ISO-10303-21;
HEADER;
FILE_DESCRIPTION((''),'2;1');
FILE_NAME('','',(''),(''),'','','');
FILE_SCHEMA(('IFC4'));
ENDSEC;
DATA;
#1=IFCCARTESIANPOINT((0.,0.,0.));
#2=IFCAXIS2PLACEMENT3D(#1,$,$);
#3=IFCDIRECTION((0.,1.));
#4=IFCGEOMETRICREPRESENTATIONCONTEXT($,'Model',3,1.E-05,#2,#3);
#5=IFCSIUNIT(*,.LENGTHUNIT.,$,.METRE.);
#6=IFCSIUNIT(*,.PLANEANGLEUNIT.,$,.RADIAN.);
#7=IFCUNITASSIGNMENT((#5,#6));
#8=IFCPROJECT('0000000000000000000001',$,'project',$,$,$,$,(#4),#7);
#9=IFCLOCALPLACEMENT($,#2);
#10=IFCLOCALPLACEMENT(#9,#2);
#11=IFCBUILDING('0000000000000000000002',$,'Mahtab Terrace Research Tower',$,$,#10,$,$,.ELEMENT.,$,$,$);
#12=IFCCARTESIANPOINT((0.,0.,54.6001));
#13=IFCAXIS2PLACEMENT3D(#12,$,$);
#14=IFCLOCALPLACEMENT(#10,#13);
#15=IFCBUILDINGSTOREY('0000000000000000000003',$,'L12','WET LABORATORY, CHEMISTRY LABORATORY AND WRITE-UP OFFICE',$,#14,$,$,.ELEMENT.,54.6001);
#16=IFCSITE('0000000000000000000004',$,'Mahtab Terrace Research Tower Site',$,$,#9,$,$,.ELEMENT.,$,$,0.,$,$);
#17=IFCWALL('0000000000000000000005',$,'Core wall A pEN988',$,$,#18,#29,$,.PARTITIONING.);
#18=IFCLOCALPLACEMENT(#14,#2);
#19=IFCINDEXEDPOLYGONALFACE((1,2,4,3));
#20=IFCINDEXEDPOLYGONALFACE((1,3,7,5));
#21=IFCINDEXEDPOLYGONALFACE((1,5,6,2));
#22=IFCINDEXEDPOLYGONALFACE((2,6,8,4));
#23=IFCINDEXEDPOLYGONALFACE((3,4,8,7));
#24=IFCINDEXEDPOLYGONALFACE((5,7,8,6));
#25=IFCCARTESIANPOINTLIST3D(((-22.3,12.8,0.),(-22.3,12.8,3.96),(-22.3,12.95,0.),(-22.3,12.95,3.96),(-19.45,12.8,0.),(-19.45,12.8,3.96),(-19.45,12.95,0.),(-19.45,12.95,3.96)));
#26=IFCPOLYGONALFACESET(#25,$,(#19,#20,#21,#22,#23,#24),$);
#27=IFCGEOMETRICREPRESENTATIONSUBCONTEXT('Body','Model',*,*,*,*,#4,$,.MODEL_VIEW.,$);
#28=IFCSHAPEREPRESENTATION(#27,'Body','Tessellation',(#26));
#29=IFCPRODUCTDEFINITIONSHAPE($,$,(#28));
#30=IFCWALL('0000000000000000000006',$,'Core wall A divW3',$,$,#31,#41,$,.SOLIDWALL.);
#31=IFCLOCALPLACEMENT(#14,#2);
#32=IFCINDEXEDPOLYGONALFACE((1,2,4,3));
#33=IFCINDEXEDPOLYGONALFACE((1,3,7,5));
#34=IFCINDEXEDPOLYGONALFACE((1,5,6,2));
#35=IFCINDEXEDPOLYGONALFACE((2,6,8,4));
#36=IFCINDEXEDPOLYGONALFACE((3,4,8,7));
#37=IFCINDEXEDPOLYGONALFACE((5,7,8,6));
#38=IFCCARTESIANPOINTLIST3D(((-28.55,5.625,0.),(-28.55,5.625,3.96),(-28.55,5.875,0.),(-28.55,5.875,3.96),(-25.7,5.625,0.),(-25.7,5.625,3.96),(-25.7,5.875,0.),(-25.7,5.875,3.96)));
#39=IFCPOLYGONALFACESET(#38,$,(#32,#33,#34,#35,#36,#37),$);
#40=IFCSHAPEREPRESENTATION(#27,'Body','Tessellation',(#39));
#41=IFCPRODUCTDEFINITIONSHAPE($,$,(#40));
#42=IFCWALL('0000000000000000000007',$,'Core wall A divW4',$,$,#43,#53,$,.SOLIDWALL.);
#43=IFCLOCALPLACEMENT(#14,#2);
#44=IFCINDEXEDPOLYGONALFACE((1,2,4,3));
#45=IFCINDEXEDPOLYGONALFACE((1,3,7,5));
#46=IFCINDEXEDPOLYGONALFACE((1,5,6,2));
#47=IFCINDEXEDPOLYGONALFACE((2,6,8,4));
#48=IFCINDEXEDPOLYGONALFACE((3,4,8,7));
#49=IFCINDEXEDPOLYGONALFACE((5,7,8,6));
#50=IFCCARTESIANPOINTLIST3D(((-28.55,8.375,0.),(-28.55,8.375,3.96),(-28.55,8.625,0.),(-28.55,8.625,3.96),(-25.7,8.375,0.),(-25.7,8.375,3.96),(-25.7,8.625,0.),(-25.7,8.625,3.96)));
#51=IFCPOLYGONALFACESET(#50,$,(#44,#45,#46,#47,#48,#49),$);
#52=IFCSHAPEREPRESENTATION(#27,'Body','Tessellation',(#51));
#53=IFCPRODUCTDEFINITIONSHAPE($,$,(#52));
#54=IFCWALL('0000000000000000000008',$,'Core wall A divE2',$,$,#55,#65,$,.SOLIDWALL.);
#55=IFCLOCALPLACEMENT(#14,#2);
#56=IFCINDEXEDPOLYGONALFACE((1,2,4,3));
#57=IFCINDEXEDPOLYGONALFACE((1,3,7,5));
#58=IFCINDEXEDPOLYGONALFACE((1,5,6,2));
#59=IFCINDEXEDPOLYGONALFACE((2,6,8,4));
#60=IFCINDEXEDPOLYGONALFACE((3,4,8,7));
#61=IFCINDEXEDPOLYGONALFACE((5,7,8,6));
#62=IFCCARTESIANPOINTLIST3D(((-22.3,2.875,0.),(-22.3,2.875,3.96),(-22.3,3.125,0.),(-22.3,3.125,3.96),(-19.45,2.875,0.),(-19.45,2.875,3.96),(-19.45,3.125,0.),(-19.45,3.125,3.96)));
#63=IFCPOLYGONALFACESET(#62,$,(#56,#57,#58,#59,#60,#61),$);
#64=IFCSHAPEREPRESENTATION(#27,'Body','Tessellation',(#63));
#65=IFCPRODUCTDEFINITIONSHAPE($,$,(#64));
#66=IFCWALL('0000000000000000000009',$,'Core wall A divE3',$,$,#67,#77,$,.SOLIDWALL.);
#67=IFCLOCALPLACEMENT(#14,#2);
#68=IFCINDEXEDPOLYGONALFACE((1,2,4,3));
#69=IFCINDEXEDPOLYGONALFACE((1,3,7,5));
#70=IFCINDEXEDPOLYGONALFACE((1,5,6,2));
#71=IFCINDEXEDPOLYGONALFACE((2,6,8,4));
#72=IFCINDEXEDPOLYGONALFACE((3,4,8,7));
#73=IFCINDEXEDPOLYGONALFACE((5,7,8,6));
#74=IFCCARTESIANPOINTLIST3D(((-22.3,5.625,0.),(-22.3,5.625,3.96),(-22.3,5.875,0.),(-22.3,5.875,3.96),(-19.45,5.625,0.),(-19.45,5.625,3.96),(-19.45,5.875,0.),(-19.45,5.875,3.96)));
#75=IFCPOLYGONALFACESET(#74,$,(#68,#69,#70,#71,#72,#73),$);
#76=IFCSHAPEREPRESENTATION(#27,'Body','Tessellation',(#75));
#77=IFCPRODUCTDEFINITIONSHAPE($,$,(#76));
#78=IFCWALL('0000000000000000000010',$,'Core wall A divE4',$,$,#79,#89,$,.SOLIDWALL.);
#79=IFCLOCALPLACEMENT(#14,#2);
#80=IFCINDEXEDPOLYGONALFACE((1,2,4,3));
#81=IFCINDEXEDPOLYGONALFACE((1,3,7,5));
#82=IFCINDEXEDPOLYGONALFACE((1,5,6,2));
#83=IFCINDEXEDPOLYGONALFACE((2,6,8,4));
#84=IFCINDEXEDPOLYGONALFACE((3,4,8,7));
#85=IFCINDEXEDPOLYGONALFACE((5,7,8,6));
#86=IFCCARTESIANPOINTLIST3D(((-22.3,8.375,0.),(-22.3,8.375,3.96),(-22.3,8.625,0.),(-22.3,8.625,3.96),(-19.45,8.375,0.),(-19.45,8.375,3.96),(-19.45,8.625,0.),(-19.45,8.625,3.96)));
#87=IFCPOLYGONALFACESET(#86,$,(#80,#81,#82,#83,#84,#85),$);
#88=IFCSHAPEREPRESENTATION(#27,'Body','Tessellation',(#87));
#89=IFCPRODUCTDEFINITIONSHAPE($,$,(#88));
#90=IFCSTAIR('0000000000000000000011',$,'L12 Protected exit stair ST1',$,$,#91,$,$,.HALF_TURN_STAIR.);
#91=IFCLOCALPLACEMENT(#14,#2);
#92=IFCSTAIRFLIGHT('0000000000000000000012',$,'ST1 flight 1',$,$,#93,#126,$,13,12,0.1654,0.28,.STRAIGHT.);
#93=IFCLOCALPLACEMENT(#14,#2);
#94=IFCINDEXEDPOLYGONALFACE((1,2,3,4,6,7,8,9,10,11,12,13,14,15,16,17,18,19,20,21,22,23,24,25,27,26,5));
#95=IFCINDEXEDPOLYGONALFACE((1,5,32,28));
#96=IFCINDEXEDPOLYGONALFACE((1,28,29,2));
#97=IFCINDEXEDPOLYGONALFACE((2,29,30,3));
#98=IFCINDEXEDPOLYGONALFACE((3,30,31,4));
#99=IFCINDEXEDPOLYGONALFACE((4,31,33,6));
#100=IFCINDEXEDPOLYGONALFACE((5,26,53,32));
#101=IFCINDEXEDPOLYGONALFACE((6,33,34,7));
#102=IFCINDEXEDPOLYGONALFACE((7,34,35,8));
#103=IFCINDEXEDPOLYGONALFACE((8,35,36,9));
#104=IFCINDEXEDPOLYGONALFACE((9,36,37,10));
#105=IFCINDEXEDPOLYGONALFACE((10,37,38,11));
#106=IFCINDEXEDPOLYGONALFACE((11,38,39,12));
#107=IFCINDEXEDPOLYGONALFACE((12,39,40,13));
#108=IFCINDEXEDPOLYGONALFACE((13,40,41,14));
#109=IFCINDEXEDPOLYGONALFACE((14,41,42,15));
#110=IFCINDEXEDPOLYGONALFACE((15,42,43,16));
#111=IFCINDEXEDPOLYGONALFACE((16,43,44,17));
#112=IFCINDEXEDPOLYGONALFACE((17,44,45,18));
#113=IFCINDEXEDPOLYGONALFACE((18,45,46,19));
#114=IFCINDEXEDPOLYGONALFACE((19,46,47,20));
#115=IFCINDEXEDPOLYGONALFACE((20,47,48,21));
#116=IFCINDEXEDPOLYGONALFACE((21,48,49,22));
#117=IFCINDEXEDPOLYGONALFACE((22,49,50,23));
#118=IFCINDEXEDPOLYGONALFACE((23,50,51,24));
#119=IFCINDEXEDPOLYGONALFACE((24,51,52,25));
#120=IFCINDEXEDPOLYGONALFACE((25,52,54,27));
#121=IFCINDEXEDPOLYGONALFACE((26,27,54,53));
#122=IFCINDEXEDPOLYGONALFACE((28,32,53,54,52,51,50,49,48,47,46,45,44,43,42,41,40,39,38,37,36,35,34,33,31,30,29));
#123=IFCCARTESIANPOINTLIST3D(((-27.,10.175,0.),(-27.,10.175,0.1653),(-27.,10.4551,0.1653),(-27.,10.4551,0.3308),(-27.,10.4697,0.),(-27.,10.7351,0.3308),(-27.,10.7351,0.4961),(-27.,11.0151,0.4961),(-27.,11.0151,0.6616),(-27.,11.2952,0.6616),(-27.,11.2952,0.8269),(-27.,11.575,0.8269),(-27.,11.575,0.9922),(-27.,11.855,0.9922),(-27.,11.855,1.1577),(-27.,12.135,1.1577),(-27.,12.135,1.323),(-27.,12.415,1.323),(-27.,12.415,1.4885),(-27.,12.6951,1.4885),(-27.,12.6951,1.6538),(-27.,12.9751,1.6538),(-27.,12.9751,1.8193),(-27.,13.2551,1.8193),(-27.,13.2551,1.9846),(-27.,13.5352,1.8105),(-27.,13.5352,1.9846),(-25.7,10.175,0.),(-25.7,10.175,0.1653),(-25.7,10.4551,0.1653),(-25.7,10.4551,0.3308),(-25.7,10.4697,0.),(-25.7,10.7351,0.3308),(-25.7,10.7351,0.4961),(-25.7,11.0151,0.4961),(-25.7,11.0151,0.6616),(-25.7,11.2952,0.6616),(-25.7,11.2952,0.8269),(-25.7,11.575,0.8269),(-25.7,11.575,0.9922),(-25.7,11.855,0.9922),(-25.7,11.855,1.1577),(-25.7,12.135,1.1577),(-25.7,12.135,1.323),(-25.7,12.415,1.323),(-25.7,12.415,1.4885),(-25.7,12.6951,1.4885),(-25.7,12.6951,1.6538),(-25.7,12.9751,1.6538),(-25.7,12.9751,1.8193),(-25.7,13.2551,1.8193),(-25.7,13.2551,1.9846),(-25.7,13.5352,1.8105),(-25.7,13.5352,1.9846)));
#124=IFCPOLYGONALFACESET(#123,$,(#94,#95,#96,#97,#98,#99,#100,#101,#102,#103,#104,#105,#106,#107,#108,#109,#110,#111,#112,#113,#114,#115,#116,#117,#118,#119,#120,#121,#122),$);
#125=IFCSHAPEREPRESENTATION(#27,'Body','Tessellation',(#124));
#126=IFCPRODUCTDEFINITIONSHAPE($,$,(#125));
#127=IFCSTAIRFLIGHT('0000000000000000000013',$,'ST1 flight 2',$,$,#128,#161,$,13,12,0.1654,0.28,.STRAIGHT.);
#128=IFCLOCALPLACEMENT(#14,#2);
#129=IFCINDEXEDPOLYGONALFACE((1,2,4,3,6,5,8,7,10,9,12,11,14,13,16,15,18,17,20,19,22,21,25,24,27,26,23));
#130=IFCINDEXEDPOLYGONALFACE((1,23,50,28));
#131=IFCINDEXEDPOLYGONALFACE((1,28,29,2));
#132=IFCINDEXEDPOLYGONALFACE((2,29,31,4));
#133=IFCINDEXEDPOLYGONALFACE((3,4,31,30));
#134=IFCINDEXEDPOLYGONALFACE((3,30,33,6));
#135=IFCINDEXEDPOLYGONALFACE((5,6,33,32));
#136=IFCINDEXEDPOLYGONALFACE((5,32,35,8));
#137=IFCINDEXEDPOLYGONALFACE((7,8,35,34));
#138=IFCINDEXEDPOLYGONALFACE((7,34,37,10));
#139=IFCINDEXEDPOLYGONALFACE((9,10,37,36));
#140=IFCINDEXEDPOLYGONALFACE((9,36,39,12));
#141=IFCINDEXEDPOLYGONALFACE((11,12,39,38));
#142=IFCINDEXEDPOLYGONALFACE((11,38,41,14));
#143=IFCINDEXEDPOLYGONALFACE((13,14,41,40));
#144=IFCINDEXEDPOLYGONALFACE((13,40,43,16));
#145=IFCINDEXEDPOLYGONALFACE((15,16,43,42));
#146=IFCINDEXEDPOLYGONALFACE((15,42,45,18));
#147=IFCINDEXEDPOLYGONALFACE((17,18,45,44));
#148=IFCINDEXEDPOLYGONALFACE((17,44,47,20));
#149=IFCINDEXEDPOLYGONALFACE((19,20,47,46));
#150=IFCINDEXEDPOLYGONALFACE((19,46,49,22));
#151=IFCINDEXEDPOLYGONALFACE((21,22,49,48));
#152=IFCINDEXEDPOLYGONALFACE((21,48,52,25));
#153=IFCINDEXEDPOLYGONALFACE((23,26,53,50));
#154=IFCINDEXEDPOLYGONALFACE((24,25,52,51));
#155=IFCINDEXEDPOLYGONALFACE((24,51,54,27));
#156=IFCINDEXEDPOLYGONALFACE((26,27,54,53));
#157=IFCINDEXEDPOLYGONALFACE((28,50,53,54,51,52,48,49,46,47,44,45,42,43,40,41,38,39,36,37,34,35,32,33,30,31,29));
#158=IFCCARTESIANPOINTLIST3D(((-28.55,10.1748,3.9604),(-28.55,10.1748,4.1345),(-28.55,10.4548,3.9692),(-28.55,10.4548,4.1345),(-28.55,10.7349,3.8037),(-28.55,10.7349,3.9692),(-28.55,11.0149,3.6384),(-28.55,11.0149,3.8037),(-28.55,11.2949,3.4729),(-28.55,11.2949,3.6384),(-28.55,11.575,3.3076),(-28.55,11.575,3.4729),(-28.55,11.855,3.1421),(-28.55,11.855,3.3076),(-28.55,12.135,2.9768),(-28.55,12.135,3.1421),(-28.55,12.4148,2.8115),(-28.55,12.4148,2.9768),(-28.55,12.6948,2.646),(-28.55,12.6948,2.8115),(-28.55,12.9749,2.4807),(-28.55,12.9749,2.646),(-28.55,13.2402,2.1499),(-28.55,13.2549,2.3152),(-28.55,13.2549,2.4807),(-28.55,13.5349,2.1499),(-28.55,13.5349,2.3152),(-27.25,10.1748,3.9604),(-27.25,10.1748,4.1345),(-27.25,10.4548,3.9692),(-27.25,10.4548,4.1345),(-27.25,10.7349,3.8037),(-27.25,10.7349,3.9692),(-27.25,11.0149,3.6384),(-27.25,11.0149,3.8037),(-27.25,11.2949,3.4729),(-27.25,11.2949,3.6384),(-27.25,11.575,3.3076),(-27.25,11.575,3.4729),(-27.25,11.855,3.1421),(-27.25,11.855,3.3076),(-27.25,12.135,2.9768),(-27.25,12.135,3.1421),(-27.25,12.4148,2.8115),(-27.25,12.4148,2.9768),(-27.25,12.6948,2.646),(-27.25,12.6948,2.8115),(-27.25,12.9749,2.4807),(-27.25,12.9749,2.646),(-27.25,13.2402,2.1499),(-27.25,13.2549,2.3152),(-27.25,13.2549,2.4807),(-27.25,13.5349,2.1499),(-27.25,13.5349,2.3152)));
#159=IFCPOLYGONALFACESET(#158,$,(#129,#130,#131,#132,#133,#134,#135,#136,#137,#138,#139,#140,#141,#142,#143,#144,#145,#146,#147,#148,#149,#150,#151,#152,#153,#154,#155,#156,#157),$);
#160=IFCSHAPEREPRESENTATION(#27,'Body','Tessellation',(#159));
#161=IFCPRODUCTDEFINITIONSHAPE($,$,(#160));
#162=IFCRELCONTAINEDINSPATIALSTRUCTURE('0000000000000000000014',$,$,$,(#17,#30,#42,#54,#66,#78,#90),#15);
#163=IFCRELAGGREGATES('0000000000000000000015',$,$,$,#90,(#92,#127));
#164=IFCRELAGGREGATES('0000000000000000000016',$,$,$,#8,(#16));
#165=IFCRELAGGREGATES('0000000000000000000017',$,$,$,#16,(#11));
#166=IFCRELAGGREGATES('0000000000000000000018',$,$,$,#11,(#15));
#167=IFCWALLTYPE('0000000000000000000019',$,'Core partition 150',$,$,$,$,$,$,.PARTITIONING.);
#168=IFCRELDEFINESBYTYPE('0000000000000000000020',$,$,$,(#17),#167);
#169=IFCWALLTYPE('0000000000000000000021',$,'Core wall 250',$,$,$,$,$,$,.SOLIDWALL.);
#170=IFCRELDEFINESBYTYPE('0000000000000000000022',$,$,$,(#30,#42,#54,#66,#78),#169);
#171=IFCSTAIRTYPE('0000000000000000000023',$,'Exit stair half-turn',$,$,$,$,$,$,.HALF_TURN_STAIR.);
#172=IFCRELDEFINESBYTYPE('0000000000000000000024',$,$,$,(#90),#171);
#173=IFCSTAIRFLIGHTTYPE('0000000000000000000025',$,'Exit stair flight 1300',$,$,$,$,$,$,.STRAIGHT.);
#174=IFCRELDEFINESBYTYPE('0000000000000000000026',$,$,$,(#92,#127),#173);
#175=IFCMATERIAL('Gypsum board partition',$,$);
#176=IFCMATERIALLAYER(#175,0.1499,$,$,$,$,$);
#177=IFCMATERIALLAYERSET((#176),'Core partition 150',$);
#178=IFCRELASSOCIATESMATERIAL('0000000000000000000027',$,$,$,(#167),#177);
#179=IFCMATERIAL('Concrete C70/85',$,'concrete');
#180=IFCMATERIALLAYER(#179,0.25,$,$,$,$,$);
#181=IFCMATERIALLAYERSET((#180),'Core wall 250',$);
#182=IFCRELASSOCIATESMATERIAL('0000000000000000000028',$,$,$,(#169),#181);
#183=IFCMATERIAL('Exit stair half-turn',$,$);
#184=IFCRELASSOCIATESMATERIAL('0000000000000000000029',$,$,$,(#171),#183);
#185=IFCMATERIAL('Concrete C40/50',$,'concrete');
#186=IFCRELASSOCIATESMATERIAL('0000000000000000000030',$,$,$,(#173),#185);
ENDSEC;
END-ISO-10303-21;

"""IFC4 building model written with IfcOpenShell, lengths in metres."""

from ifc_helpers import new_model, si_unit, direction, frame, frame_2d, origin, place, context, subcontext, project, spatial, polyline, rectangle, outline, extrude, material, layer, layer_set, type_object, element, aggregate, save


model = new_model("IFC4")

# Units and contexts
model_context = context("Model", 3, precision=1e-05, world=origin(), true_north=direction((0.0, 1.0)))
body_context = subcontext(model_context, "Body", "Model", "MODEL_VIEW")
ifc_project = project(units=[si_unit("LENGTHUNIT", "METRE"), si_unit("PLANEANGLEUNIT", "RADIAN")], contexts=[model_context])

# Site, building, storey
site_placement = place(None, origin())
site = spatial("IfcSite", under=ifc_project, at=site_placement, Name="Mahtab Terrace Research Tower Site", CompositionType="ELEMENT", RefElevation=0.0)
building_placement = place(site_placement, origin())
building = spatial("IfcBuilding", under=site, at=building_placement, Name="Mahtab Terrace Research Tower", CompositionType="ELEMENT")
storey_placement = place(building_placement, frame((0.0, 0.0, 54.6001)))
storey = spatial("IfcBuildingStorey", under=building, at=storey_placement, Name="L12", Description="WET LABORATORY, CHEMISTRY LABORATORY AND WRITE-UP OFFICE", CompositionType="ELEMENT", Elevation=54.6001)

# Walls
ifc_material_1 = material(Name="Gypsum board partition")
ifc_layer_1 = layer(ifc_material_1, 0.1499)
ifc_layer_set_1 = layer_set([ifc_layer_1], Name="Core partition 150")
wall_type_1 = type_object("IfcWallType", Name="Core partition 150", PredefinedType="PARTITIONING", material=ifc_layer_set_1)
wall_placement = place(storey_placement, frame((-22.3, 12.875, 0.0), z_axis=(0.0, 0.0, 1.0), x_axis=(1.0, 0.0, 0.0)))
element("IfcWall", 1, at=wall_placement, inside=storey, type_object=wall_type_1, Name="Core wall A pEN988", PredefinedType="PARTITIONING", context=body_context, shape_type="SweptSolid", body=[
    extrude(rectangle(XDim=2.8501, YDim=0.1499, at=frame_2d((1.425, 0.0))), origin(), (0.0, 0.0, 1.0), 3.96),
])
ifc_material_2 = material(Name="Concrete C70/85", Category="concrete")
ifc_layer_2 = layer(ifc_material_2, 0.25)
ifc_layer_set_2 = layer_set([ifc_layer_2], Name="Core wall 250")
wall_type_2 = type_object("IfcWallType", Name="Core wall 250", PredefinedType="SOLIDWALL", material=ifc_layer_set_2)
for number, where, z_axis, x_axis, name in (
    (2, (-28.55, 5.75, 0.0), (0.0, 0.0, 1.0), (1.0, 0.0, 0.0), "Core wall A divW3"),
    (3, (-28.55, 8.5, 0.0), (0.0, 0.0, 1.0), (1.0, 0.0, 0.0), "Core wall A divW4"),
    (4, (-22.3, 3.0, 0.0), (0.0, 0.0, 1.0), (1.0, 0.0, 0.0), "Core wall A divE2"),
    (5, (-22.3, 5.75, 0.0), (0.0, 0.0, 1.0), (1.0, 0.0, 0.0), "Core wall A divE3"),
    (6, (-22.3, 8.5, 0.0), (0.0, 0.0, 1.0), (1.0, 0.0, 0.0), "Core wall A divE4"),
):
    element("IfcWall", number, at=place(storey_placement, frame(where, z_axis=z_axis, x_axis=x_axis)), inside=storey, type_object=wall_type_2, Name=name, PredefinedType="SOLIDWALL", context=body_context, shape_type="SweptSolid", body=[
        extrude(rectangle(XDim=2.8501, YDim=0.25, at=frame_2d((1.425, 0.0))), origin(), (0.0, 0.0, 1.0), 3.96),
    ])

# Stair, stair flights
ifc_material_3 = material(Name="Exit stair half-turn")
stair_type = type_object("IfcStairType", Name="Exit stair half-turn", PredefinedType="HALF_TURN_STAIR", material=ifc_material_3)
stair_placement = place(storey_placement, origin())
stair = element("IfcStair", 7, at=stair_placement, inside=storey, type_object=stair_type, Name="L12 Protected exit stair ST1", PredefinedType="HALF_TURN_STAIR")
ifc_material_4 = material(Name="Concrete C40/50", Category="concrete")
stair_flight_type = type_object("IfcStairFlightType", Name="Exit stair flight 1300", PredefinedType="STRAIGHT", material=ifc_material_4)
stair_flight_1_placement = place(storey_placement, frame((-26.3501, 10.175, 0.0), z_axis=(0.0, 0.0, 1.0), x_axis=(0.0, 1.0, 0.0)))
stair_flight_1 = element("IfcStairFlight", 8, at=stair_flight_1_placement, type_object=stair_flight_type, Name="ST1 flight 1", NumberOfRisers=13, NumberOfTreads=12, PredefinedType="STRAIGHT", RiserHeight=0.1654, TreadLength=0.28, context=body_context, shape_type="SweptSolid", body=[
    extrude(outline(polyline([(0.0, 0.0), (0.0, 0.1653), (0.28, 0.1653), (0.28, 0.3308), (0.5601, 0.3308), (0.5601, 0.4961), (0.8401, 0.4961), (0.8401, 0.6616), (1.1201, 0.6616), (1.1201, 0.8269), (1.3999, 0.8269), (1.3999, 0.9922), (1.6799, 0.9922), (1.6799, 1.1577), (1.96, 1.1577), (1.96, 1.323), (2.24, 1.323), (2.24, 1.4885), (2.52, 1.4885), (2.52, 1.6538), (2.8, 1.6538), (2.8, 1.8193), (3.0801, 1.8193), (3.0801, 1.9846), (3.3601, 1.9846), (3.3601, 2.1499), (3.3601, 1.8105), (0.2947, 0.0), (0.0, 0.0)])), frame((0.0, 0.6499, 0.0), z_axis=(0.0, -1.0, 0.0), x_axis=(1.0, 0.0, 0.0)), (0.0, 0.0, 1.0), 1.3),
])
stair_flight_2_placement = place(storey_placement, frame((-27.8999, 13.5349, 2.1499), z_axis=(0.0, 0.0, 1.0), x_axis=(0.0, -1.0, 0.0)))
stair_flight_2 = element("IfcStairFlight", 9, at=stair_flight_2_placement, type_object=stair_flight_type, Name="ST1 flight 2", NumberOfRisers=13, NumberOfTreads=12, PredefinedType="STRAIGHT", RiserHeight=0.1654, TreadLength=0.28, context=body_context, shape_type="SweptSolid", body=[
    extrude(outline(polyline([(0.0, 0.0), (0.0, 0.1653), (0.28, 0.1653), (0.28, 0.3308), (0.5601, 0.3308), (0.5601, 0.4961), (0.8401, 0.4961), (0.8401, 0.6616), (1.1201, 0.6616), (1.1201, 0.8269), (1.3999, 0.8269), (1.3999, 0.9922), (1.6799, 0.9922), (1.6799, 1.1577), (1.96, 1.1577), (1.96, 1.323), (2.24, 1.323), (2.24, 1.4885), (2.52, 1.4885), (2.52, 1.6538), (2.8, 1.6538), (2.8, 1.8193), (3.0801, 1.8193), (3.0801, 1.9846), (3.3601, 1.9846), (3.3601, 2.1499), (3.3601, 1.8105), (0.2947, 0.0), (0.0, 0.0)])), frame((0.0, 0.6499, 0.0), z_axis=(0.0, -1.0, 0.0), x_axis=(1.0, 0.0, 0.0)), (0.0, 0.0, 1.0), 1.3),
])
aggregate(stair, [stair_flight_1, stair_flight_2])

save(model, "model.ifc")
